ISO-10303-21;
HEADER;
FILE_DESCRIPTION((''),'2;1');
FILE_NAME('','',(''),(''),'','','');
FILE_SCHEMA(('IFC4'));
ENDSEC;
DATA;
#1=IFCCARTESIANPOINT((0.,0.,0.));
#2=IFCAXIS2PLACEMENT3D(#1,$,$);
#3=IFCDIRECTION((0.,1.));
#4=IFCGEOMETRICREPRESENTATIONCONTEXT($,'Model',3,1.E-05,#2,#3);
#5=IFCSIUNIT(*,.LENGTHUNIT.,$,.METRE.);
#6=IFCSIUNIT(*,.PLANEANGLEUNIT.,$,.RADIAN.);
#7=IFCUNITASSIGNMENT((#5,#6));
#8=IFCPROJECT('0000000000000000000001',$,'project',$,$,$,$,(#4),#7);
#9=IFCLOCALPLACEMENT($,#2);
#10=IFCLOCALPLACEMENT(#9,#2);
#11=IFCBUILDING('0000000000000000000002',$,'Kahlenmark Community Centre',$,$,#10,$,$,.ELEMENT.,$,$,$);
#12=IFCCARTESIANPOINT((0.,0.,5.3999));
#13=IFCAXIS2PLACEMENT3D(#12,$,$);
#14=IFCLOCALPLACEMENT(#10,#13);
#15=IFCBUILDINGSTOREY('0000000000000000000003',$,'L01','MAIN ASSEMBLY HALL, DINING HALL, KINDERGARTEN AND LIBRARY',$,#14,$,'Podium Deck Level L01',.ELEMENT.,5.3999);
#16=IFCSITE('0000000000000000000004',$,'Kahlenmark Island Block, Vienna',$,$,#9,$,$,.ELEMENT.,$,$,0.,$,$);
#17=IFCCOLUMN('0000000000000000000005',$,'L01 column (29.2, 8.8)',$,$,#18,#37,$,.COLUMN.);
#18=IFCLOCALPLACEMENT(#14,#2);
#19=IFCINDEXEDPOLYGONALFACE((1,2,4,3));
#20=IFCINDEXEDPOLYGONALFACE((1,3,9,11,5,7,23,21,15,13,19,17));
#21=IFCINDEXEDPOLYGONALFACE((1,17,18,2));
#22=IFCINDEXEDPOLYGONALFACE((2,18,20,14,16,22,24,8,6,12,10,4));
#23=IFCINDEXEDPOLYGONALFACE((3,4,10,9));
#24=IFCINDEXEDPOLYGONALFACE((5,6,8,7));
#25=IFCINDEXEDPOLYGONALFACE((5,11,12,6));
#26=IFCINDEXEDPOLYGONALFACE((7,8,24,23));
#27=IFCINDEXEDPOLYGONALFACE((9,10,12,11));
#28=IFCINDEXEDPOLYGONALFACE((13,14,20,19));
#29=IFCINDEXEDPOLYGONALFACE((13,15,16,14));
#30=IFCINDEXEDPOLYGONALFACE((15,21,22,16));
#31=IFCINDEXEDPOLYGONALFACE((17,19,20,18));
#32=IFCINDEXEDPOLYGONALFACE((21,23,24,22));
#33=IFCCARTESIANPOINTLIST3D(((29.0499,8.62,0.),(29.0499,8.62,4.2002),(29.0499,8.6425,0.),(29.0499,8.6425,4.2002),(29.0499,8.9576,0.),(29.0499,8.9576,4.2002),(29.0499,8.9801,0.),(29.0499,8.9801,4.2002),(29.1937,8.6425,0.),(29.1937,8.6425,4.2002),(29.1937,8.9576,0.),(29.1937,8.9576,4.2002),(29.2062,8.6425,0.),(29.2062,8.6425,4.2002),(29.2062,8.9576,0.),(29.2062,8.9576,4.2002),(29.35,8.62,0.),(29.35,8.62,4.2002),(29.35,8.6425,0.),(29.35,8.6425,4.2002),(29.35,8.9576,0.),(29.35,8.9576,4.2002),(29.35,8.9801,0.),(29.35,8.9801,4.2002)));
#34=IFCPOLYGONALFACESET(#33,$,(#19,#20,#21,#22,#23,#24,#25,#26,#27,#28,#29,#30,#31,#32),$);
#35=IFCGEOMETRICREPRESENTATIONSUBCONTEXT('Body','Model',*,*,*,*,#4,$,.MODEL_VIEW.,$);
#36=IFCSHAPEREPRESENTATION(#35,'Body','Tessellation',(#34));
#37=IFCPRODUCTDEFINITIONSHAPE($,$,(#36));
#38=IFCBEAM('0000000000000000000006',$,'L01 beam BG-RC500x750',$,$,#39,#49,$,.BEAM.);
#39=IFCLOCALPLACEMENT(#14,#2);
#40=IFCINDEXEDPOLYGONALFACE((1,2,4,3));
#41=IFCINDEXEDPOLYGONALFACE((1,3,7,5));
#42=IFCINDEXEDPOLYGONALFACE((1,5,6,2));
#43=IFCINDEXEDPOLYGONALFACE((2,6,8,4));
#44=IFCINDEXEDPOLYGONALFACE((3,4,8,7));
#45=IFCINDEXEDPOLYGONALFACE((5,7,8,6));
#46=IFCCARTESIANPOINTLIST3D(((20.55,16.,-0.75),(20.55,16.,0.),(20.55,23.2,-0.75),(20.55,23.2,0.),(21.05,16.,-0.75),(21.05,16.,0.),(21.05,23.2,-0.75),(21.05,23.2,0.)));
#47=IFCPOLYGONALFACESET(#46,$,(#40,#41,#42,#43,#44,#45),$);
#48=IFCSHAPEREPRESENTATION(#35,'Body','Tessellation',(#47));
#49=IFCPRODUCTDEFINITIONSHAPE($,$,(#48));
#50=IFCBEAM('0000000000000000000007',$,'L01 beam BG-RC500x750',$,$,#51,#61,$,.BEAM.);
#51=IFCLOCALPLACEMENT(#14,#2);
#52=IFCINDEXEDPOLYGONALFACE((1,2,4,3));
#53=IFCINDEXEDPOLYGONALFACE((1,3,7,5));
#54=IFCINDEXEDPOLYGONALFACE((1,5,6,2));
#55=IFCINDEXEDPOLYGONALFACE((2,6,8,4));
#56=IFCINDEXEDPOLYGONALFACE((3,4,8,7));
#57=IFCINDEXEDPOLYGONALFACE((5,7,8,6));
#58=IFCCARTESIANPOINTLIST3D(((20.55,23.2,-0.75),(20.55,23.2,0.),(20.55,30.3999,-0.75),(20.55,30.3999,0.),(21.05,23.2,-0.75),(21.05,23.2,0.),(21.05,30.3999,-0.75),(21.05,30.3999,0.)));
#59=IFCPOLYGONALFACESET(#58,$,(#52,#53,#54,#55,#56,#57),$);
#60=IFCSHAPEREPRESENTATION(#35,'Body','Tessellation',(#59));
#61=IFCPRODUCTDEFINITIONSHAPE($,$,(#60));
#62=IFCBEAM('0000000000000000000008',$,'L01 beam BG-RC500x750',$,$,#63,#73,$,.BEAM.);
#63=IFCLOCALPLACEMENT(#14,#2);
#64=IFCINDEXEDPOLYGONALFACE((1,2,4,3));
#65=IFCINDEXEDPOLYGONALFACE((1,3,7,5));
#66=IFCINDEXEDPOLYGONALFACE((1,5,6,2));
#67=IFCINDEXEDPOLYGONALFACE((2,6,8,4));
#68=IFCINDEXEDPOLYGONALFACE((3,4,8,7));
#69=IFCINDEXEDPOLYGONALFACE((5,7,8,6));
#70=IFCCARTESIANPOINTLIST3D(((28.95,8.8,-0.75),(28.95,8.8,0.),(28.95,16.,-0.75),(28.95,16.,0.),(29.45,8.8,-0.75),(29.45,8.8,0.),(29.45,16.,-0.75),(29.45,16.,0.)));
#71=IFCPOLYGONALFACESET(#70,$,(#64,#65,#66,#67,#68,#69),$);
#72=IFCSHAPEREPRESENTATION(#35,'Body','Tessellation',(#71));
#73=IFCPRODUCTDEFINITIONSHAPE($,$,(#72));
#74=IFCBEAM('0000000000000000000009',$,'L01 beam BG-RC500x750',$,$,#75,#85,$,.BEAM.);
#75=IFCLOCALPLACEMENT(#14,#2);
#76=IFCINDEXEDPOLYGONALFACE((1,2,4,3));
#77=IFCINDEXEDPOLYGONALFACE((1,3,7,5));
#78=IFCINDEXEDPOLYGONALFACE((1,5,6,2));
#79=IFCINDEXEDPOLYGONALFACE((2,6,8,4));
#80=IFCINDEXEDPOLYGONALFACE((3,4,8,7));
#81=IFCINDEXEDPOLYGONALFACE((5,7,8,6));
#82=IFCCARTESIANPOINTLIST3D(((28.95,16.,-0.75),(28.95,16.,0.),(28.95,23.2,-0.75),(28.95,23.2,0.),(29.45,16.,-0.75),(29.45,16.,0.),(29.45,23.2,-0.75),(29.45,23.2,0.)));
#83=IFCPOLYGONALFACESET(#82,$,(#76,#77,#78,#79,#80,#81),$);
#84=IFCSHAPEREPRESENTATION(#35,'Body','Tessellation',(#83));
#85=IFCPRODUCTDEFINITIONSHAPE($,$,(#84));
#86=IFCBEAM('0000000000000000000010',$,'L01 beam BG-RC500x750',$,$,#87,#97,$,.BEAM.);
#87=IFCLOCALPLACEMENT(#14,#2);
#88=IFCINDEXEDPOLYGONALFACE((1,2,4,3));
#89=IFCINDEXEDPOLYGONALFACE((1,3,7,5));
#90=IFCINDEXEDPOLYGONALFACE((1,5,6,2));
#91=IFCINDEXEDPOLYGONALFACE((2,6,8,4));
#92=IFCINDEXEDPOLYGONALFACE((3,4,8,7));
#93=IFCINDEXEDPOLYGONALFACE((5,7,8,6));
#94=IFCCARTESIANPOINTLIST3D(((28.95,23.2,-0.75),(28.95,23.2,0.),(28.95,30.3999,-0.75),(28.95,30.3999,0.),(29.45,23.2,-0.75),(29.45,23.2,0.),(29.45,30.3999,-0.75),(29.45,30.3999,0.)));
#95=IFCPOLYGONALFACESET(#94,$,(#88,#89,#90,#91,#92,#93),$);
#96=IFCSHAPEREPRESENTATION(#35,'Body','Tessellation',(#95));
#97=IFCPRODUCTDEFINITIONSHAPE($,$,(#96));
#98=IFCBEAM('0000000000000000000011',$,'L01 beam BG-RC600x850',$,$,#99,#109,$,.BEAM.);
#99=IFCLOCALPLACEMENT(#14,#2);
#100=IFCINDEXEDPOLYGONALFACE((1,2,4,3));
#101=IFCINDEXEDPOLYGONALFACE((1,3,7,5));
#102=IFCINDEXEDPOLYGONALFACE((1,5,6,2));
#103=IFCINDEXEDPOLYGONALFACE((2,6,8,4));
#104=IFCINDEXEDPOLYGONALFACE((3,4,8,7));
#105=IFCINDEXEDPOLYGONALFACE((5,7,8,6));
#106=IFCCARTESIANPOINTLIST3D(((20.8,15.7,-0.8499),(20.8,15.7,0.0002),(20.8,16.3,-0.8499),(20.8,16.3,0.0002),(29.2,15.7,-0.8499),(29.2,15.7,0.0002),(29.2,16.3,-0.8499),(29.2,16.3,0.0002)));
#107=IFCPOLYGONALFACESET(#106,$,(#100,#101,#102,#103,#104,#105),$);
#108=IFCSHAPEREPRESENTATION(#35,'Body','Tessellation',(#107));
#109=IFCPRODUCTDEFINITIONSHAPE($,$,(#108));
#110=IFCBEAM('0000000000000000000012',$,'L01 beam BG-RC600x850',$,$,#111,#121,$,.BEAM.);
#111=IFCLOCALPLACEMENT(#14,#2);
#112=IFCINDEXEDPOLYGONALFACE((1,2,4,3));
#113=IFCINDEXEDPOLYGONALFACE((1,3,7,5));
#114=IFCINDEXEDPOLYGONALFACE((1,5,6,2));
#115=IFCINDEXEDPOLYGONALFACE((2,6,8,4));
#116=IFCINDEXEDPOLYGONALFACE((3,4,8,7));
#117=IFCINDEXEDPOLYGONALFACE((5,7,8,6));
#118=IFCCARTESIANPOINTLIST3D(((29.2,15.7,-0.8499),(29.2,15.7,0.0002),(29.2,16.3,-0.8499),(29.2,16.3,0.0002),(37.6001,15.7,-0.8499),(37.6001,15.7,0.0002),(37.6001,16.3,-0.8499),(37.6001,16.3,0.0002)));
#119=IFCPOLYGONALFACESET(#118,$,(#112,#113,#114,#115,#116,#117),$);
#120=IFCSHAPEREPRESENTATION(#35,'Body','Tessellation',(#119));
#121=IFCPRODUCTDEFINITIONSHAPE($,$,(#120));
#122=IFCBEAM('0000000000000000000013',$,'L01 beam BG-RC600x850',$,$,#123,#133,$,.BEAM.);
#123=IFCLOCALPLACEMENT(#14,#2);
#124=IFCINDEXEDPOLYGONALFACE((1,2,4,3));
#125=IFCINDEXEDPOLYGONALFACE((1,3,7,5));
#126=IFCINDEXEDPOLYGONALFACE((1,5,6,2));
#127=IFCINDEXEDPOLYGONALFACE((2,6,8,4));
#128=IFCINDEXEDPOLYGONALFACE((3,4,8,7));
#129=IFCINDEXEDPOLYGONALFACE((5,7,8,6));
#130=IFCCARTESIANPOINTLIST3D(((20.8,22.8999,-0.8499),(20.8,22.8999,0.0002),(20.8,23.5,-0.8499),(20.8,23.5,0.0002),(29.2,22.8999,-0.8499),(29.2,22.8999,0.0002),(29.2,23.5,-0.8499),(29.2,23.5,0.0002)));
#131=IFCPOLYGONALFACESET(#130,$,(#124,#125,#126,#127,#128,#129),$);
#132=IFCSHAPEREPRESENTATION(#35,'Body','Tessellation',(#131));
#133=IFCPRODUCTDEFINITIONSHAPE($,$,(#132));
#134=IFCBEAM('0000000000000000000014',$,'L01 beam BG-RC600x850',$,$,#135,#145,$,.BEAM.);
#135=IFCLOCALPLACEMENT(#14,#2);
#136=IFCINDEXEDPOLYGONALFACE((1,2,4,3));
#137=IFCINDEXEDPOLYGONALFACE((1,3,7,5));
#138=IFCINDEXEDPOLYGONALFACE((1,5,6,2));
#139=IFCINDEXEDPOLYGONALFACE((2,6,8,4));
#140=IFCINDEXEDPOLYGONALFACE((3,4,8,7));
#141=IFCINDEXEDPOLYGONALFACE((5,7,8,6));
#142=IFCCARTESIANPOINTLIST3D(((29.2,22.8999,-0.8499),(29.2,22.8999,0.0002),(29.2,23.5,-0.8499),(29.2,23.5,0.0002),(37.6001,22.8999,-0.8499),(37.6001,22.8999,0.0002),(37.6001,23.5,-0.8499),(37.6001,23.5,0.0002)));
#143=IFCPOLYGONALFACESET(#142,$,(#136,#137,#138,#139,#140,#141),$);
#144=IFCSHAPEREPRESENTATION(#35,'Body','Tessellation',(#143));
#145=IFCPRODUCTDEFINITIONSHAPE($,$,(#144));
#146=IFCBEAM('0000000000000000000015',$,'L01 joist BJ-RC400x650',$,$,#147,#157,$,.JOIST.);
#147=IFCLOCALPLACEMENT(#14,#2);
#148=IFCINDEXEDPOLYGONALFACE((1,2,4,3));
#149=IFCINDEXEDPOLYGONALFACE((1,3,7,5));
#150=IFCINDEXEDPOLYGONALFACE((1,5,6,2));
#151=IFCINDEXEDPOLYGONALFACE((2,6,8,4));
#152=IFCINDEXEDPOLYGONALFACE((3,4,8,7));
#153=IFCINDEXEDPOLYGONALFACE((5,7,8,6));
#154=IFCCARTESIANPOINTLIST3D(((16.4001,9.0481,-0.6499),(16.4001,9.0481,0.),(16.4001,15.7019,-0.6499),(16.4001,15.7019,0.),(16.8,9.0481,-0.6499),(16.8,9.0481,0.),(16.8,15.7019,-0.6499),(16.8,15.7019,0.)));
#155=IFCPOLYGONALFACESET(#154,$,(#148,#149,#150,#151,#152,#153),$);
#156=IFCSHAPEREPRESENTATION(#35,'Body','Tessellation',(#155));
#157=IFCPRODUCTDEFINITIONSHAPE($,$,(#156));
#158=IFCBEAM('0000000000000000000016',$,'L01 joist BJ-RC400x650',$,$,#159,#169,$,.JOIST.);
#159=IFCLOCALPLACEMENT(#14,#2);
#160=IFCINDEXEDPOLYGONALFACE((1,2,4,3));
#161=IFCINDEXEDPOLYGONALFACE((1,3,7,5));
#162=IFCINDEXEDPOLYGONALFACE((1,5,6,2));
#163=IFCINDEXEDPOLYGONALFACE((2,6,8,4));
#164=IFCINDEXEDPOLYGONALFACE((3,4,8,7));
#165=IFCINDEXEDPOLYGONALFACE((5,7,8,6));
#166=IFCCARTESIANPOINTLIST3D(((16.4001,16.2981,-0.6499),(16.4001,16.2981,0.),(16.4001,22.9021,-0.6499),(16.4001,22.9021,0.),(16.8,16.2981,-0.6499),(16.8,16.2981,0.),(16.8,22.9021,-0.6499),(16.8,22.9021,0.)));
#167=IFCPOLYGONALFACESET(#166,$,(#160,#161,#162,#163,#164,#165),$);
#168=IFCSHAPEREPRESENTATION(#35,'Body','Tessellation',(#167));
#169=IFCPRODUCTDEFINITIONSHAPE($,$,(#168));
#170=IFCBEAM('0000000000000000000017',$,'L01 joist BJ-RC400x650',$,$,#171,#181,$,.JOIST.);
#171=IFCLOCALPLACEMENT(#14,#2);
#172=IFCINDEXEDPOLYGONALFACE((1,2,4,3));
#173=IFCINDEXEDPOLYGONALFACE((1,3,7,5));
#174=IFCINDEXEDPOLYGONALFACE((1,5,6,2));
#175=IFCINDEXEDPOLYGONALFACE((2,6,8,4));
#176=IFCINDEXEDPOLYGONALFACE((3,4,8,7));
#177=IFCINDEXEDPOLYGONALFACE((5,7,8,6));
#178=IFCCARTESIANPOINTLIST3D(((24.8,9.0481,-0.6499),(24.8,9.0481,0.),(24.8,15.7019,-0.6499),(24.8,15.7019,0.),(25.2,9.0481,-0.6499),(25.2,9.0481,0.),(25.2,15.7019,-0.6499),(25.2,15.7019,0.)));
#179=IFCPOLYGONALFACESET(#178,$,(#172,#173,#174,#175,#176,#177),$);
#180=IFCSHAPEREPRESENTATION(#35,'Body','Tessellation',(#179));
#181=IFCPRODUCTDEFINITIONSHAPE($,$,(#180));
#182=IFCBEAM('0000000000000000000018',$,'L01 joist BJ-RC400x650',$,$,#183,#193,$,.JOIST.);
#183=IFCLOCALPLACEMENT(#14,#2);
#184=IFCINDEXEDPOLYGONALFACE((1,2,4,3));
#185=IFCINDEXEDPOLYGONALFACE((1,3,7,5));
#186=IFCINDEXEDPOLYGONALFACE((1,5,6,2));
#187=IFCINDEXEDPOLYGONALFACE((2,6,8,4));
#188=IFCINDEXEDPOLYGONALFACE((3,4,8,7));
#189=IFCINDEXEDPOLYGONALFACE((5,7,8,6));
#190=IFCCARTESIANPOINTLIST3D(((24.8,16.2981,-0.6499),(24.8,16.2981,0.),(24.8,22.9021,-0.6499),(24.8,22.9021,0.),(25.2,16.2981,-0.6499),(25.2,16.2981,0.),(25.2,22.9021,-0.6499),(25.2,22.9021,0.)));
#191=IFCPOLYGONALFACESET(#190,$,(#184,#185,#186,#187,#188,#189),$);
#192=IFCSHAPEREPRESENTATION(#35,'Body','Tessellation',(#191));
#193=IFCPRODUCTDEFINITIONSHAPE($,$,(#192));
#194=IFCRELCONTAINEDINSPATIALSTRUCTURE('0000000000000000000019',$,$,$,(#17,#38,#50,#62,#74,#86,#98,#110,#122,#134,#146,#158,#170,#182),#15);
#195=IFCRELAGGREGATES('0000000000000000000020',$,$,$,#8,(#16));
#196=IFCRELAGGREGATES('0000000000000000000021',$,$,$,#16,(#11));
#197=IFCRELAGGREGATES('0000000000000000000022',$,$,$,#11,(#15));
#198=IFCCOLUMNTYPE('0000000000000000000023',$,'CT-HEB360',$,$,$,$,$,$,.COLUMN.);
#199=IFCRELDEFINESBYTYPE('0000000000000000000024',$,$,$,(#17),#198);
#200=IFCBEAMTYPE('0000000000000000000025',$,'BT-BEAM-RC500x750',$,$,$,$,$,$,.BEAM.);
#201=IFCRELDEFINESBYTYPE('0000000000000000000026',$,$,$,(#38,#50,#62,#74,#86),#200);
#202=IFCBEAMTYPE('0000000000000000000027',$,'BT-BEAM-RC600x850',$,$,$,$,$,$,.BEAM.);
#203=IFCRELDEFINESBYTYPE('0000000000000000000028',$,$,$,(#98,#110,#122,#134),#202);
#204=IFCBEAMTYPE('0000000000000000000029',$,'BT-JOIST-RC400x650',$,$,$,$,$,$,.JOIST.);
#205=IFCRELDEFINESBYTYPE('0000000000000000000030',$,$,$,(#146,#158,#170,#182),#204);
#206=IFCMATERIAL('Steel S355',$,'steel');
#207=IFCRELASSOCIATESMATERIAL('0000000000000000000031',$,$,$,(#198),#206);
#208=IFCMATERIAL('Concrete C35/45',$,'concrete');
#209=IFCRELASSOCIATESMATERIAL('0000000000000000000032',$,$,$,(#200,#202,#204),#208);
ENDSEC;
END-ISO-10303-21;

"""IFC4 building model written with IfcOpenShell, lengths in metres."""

from ifc_helpers import new_model, si_unit, direction, frame, origin, origin_2d, place, context, subcontext, project, spatial, rectangle, i_section, extrude, material, material_profile, profile_set, type_object, element, save


model = new_model("IFC4")

# Units and contexts
model_context = context("Model", 3, precision=1e-05, world=origin(), true_north=direction((0.0, 1.0)))
body_context = subcontext(model_context, "Body", "Model", "MODEL_VIEW")
ifc_project = project(units=[si_unit("LENGTHUNIT", "METRE"), si_unit("PLANEANGLEUNIT", "RADIAN")], contexts=[model_context])

# Site, building, storey
site_placement = place(None, origin())
site = spatial("IfcSite", under=ifc_project, at=site_placement, Name="Kahlenmark Island Block, Vienna", CompositionType="ELEMENT", RefElevation=0.0)
building_placement = place(site_placement, origin())
building = spatial("IfcBuilding", under=site, at=building_placement, Name="Kahlenmark Community Centre", CompositionType="ELEMENT")
storey_placement = place(building_placement, frame((0.0, 0.0, 5.3999)))
storey = spatial("IfcBuildingStorey", under=building, at=storey_placement, Name="L01", Description="MAIN ASSEMBLY HALL, DINING HALL, KINDERGARTEN AND LIBRARY", LongName="Podium Deck Level L01", CompositionType="ELEMENT", Elevation=5.3999)

# Column
ifc_material_1 = material(Name="Steel S355", Category="steel")
ifc_material_profile_1 = material_profile(ifc_material_1, i_section(OverallWidth=0.3, OverallDepth=0.3601, WebThickness=0.0125, FlangeThickness=0.0225, at=origin_2d()), Name="HEB 360")
ifc_profile_set_1 = profile_set([ifc_material_profile_1], Name="Steel S355")
column_type = type_object("IfcColumnType", Name="CT-HEB360", PredefinedType="COLUMN", material=ifc_profile_set_1)
column_placement = place(storey_placement, frame((29.2, 8.8, 0.0), z_axis=(0.0, 0.0, 1.0), x_axis=(1.0, 0.0, 0.0)))
element("IfcColumn", 1, at=column_placement, inside=storey, type_object=column_type, Name="L01 column (29.2, 8.8)", PredefinedType="COLUMN", context=body_context, shape_type="SweptSolid", body=[
    extrude(i_section(OverallWidth=0.3, OverallDepth=0.3601, WebThickness=0.0125, FlangeThickness=0.0225, at=origin_2d()), origin(), (0.0, 0.0, 1.0), 4.2002),
])

# Beams
ifc_material_2 = material(Name="Concrete C35/45", Category="concrete")
ifc_material_profile_2 = material_profile(ifc_material_2, rectangle(XDim=0.5, YDim=0.75, at=origin_2d()), Name="RC 500x750")
ifc_profile_set_2 = profile_set([ifc_material_profile_2], Name="Concrete C35/45")
beam_type_1 = type_object("IfcBeamType", Name="BT-BEAM-RC500x750", PredefinedType="BEAM", material=ifc_profile_set_2)
for number, where, z_axis, x_axis, name in (
    (2, (20.8, 16.0, -0.375), (0.0, 1.0, 0.0), (-1.0, 0.0, 0.0), "L01 beam BG-RC500x750"),
    (3, (20.8, 23.2, -0.375), (0.0, 1.0, 0.0), (-1.0, 0.0, 0.0), "L01 beam BG-RC500x750"),
    (4, (29.2, 8.8, -0.375), (0.0, 1.0, 0.0), (-1.0, 0.0, 0.0), "L01 beam BG-RC500x750"),
    (5, (29.2, 16.0, -0.375), (0.0, 1.0, 0.0), (-1.0, 0.0, 0.0), "L01 beam BG-RC500x750"),
    (6, (29.2, 23.2, -0.375), (0.0, 1.0, 0.0), (-1.0, 0.0, 0.0), "L01 beam BG-RC500x750"),
):
    element("IfcBeam", number, at=place(storey_placement, frame(where, z_axis=z_axis, x_axis=x_axis)), inside=storey, type_object=beam_type_1, Name=name, PredefinedType="BEAM", context=body_context, shape_type="SweptSolid", body=[
        extrude(rectangle(XDim=0.5, YDim=0.75, at=origin_2d()), origin(), (0.0, 0.0, 1.0), 7.2),
    ])
ifc_material_profile_3 = material_profile(ifc_material_2, rectangle(XDim=0.6001, YDim=0.8501, at=origin_2d()), Name="RC 600x850")
ifc_profile_set_3 = profile_set([ifc_material_profile_3], Name="Concrete C35/45")
beam_type_2 = type_object("IfcBeamType", Name="BT-BEAM-RC600x850", PredefinedType="BEAM", material=ifc_profile_set_3)
beam_1_placement = place(storey_placement, frame((20.8, 16.0, -0.4248), z_axis=(1.0, 0.0, 0.0), x_axis=(0.0, 1.0, 0.0)))
element("IfcBeam", 7, at=beam_1_placement, inside=storey, type_object=beam_type_2, Name="L01 beam BG-RC600x850", PredefinedType="BEAM", context=body_context, shape_type="SweptSolid", body=[
    extrude(rectangle(XDim=0.6001, YDim=0.8501, at=origin_2d()), origin(), (0.0, 0.0, 1.0), 8.3999),
])
beam_2_placement = place(storey_placement, frame((29.2, 16.0, -0.4248), z_axis=(1.0, 0.0, 0.0), x_axis=(0.0, 1.0, 0.0)))
element("IfcBeam", 8, at=beam_2_placement, inside=storey, type_object=beam_type_2, Name="L01 beam BG-RC600x850", PredefinedType="BEAM", context=body_context, shape_type="SweptSolid", body=[
    extrude(rectangle(XDim=0.6001, YDim=0.8501, at=origin_2d()), origin(), (0.0, 0.0, 1.0), 8.4001),
])
beam_3_placement = place(storey_placement, frame((20.8, 23.2, -0.4248), z_axis=(1.0, 0.0, 0.0), x_axis=(0.0, 1.0, 0.0)))
element("IfcBeam", 9, at=beam_3_placement, inside=storey, type_object=beam_type_2, Name="L01 beam BG-RC600x850", PredefinedType="BEAM", context=body_context, shape_type="SweptSolid", body=[
    extrude(rectangle(XDim=0.6001, YDim=0.8501, at=origin_2d()), origin(), (0.0, 0.0, 1.0), 8.3999),
])
beam_4_placement = place(storey_placement, frame((29.2, 23.2, -0.4248), z_axis=(1.0, 0.0, 0.0), x_axis=(0.0, 1.0, 0.0)))
element("IfcBeam", 10, at=beam_4_placement, inside=storey, type_object=beam_type_2, Name="L01 beam BG-RC600x850", PredefinedType="BEAM", context=body_context, shape_type="SweptSolid", body=[
    extrude(rectangle(XDim=0.6001, YDim=0.8501, at=origin_2d()), origin(), (0.0, 0.0, 1.0), 8.4001),
])
ifc_material_profile_4 = material_profile(ifc_material_2, rectangle(XDim=0.3999, YDim=0.6499, at=origin_2d()), Name="RC 400x650")
ifc_profile_set_4 = profile_set([ifc_material_profile_4], Name="Concrete C35/45")
beam_type_3 = type_object("IfcBeamType", Name="BT-JOIST-RC400x650", PredefinedType="JOIST", material=ifc_profile_set_4)
beam_5_placement = place(storey_placement, frame((16.6001, 9.0481, -0.325), z_axis=(0.0, 1.0, 0.0), x_axis=(-1.0, 0.0, 0.0)))
element("IfcBeam", 11, at=beam_5_placement, inside=storey, type_object=beam_type_3, Name="L01 joist BJ-RC400x650", PredefinedType="JOIST", context=body_context, shape_type="SweptSolid", body=[
    extrude(rectangle(XDim=0.3999, YDim=0.6499, at=origin_2d()), origin(), (0.0, 0.0, 1.0), 6.6538),
])
beam_6_placement = place(storey_placement, frame((16.6001, 16.2981, -0.325), z_axis=(0.0, 1.0, 0.0), x_axis=(-1.0, 0.0, 0.0)))
element("IfcBeam", 12, at=beam_6_placement, inside=storey, type_object=beam_type_3, Name="L01 joist BJ-RC400x650", PredefinedType="JOIST", context=body_context, shape_type="SweptSolid", body=[
    extrude(rectangle(XDim=0.3999, YDim=0.6499, at=origin_2d()), origin(), (0.0, 0.0, 1.0), 6.604),
])
beam_7_placement = place(storey_placement, frame((25.0, 9.0481, -0.325), z_axis=(0.0, 1.0, 0.0), x_axis=(-1.0, 0.0, 0.0)))
element("IfcBeam", 13, at=beam_7_placement, inside=storey, type_object=beam_type_3, Name="L01 joist BJ-RC400x650", PredefinedType="JOIST", context=body_context, shape_type="SweptSolid", body=[
    extrude(rectangle(XDim=0.3999, YDim=0.6499, at=origin_2d()), origin(), (0.0, 0.0, 1.0), 6.6538),
])
beam_8_placement = place(storey_placement, frame((25.0, 16.2981, -0.325), z_axis=(0.0, 1.0, 0.0), x_axis=(-1.0, 0.0, 0.0)))
element("IfcBeam", 14, at=beam_8_placement, inside=storey, type_object=beam_type_3, Name="L01 joist BJ-RC400x650", PredefinedType="JOIST", context=body_context, shape_type="SweptSolid", body=[
    extrude(rectangle(XDim=0.3999, YDim=0.6499, at=origin_2d()), origin(), (0.0, 0.0, 1.0), 6.604),
])

save(model, "model.ifc")
